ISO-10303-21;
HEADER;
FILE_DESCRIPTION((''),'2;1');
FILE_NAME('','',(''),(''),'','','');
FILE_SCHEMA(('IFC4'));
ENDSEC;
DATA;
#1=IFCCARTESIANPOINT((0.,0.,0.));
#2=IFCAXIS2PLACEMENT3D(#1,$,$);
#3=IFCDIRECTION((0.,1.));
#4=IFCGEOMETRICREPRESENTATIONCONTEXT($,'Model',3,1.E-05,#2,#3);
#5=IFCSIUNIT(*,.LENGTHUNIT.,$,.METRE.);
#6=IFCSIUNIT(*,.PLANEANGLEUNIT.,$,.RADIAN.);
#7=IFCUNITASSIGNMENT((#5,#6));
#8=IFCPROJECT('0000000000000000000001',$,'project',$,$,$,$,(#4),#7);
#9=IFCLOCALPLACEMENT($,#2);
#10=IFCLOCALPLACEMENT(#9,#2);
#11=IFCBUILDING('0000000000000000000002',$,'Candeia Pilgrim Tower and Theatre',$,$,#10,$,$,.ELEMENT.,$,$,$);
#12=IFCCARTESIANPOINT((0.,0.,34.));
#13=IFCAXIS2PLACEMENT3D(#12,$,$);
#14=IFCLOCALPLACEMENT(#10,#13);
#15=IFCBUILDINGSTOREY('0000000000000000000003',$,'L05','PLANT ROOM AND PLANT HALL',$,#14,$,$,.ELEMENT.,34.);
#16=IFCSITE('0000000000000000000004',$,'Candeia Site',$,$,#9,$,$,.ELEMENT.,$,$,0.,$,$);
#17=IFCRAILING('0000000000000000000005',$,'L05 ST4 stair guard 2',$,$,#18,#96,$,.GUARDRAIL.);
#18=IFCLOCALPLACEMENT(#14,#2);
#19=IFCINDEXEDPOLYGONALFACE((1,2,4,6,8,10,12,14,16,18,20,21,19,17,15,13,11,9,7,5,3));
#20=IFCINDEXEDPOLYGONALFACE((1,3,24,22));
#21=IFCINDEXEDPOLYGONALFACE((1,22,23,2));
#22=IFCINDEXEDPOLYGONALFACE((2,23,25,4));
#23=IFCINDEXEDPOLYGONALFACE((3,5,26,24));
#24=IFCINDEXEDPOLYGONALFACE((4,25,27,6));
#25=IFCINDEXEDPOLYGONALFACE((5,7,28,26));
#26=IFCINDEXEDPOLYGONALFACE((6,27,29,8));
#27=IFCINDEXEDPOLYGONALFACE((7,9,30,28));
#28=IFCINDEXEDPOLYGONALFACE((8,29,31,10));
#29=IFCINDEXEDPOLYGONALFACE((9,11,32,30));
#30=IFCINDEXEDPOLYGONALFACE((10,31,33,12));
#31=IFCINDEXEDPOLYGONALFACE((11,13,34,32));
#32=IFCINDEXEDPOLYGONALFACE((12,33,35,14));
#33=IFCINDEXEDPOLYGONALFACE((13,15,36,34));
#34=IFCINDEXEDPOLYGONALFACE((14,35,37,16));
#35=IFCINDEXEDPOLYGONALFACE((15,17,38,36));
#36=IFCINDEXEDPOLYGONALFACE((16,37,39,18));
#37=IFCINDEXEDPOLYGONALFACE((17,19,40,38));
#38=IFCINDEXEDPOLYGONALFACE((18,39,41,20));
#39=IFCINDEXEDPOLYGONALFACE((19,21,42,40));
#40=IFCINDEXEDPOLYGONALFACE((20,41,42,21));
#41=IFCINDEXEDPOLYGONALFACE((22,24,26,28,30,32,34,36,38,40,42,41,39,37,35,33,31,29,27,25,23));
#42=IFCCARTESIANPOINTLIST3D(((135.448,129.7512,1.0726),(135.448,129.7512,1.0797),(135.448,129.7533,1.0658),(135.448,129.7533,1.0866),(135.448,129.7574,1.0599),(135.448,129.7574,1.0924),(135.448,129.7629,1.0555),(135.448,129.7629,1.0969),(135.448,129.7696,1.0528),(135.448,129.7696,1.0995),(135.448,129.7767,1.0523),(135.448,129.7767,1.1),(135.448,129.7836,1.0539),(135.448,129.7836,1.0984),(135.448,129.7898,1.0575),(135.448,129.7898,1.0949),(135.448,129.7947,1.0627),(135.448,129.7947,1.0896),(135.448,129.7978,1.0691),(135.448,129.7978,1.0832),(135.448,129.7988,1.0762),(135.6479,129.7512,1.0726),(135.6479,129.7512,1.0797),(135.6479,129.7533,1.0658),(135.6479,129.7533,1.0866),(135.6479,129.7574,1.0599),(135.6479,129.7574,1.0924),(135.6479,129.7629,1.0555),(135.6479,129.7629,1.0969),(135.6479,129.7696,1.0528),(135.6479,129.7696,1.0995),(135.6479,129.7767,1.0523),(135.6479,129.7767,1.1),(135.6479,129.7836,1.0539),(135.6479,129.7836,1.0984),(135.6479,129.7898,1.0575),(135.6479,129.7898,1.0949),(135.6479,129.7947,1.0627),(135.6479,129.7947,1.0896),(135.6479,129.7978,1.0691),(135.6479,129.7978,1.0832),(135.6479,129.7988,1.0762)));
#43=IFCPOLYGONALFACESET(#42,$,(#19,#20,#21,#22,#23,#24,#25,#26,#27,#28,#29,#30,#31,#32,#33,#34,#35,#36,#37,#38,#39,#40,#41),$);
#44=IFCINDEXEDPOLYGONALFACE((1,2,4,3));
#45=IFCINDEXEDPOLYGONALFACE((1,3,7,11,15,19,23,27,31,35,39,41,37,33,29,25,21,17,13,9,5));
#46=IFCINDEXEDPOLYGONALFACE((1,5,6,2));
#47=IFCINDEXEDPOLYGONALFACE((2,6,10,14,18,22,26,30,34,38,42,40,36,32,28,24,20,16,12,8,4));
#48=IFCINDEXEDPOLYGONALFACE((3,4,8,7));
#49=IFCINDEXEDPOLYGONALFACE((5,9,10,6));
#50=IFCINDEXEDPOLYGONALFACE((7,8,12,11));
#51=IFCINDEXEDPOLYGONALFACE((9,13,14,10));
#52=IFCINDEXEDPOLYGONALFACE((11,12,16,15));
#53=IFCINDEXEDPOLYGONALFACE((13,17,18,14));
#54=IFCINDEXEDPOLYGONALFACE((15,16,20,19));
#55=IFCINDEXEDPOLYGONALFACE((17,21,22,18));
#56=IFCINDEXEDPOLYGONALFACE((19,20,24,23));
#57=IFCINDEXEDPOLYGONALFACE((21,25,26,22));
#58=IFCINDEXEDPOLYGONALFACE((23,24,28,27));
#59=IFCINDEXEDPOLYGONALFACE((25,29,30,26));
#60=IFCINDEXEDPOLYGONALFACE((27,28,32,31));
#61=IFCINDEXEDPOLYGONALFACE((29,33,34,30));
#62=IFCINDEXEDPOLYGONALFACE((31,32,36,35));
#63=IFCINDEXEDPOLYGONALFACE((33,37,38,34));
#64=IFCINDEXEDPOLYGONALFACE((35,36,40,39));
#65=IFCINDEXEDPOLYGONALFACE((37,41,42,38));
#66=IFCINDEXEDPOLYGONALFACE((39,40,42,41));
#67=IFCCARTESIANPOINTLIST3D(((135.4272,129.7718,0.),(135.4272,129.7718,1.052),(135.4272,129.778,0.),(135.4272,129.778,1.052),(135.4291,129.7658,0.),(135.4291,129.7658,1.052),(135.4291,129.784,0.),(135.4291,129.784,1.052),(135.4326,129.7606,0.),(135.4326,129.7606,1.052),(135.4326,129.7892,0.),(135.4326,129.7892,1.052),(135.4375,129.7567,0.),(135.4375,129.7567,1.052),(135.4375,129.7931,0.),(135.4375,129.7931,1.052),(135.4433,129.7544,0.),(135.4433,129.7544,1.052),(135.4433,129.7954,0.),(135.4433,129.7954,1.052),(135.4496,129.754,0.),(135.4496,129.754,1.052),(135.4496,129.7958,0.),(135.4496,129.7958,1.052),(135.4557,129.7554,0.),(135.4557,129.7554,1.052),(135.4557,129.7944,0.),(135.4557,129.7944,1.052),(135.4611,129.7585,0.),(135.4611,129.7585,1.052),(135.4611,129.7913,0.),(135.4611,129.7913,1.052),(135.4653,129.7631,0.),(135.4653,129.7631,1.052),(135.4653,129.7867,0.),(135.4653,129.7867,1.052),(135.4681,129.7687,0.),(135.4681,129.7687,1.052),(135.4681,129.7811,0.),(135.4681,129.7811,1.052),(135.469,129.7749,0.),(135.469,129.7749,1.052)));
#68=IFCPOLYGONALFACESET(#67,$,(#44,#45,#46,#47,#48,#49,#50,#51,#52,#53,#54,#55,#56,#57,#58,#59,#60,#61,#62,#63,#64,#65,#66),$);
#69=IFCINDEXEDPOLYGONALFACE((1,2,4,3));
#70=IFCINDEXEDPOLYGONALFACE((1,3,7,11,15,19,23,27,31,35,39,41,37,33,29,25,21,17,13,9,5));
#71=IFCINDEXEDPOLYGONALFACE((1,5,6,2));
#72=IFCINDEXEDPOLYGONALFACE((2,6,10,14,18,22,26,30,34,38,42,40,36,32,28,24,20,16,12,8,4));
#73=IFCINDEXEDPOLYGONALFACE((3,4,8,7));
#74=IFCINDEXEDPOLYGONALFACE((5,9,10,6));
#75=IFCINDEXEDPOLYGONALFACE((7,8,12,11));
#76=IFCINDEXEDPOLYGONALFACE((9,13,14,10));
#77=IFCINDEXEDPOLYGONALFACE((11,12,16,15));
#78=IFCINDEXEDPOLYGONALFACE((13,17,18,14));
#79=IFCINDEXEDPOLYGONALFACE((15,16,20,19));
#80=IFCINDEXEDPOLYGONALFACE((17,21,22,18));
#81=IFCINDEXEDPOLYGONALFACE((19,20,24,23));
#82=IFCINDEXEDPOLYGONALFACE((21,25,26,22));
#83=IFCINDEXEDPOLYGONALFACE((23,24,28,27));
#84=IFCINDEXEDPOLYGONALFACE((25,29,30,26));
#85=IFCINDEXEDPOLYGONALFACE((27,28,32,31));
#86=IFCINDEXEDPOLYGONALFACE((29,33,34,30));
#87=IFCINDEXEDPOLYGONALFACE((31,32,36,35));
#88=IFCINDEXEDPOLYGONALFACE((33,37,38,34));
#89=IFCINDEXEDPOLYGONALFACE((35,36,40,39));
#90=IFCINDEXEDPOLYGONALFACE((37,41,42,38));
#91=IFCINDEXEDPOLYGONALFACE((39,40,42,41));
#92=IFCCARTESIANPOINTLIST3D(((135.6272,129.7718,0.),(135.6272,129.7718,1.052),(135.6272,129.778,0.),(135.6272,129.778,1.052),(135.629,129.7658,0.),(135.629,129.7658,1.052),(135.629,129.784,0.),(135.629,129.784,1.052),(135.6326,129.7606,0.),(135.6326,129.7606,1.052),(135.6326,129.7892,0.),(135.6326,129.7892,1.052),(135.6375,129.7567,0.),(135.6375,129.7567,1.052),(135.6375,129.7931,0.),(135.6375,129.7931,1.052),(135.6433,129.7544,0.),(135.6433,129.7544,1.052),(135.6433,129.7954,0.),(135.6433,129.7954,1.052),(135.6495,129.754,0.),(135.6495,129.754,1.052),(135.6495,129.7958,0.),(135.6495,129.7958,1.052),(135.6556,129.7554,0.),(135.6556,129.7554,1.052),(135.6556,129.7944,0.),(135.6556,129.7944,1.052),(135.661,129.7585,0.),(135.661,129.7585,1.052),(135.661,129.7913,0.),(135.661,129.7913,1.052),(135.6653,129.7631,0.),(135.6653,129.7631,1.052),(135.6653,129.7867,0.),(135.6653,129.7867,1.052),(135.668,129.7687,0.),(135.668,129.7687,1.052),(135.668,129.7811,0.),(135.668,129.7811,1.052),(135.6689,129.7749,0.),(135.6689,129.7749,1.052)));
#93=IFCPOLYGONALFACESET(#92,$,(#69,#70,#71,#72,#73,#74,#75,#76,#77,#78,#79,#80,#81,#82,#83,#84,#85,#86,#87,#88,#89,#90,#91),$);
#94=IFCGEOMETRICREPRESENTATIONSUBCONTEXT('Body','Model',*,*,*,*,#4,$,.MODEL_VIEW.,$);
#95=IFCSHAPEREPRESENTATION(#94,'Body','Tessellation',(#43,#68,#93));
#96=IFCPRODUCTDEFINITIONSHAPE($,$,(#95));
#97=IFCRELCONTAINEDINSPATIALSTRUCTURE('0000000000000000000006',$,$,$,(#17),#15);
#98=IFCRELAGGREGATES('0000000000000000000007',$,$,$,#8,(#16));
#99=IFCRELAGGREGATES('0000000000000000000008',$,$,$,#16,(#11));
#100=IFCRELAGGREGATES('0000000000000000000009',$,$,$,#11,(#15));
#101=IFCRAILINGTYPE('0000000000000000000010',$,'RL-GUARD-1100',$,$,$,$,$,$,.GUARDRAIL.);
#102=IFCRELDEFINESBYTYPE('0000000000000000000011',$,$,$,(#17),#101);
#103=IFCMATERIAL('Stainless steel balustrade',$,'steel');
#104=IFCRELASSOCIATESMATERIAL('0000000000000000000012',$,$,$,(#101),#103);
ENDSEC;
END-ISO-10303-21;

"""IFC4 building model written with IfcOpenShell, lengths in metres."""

from ifc_helpers import new_model, si_unit, direction, frame, origin, origin_2d, place, context, subcontext, project, spatial, circle, extrude, material, type_object, element, save


model = new_model("IFC4")

# Units and contexts
model_context = context("Model", 3, precision=1e-05, world=origin(), true_north=direction((0.0, 1.0)))
body_context = subcontext(model_context, "Body", "Model", "MODEL_VIEW")
ifc_project = project(units=[si_unit("LENGTHUNIT", "METRE"), si_unit("PLANEANGLEUNIT", "RADIAN")], contexts=[model_context])

# Site, building, storey
site_placement = place(None, origin())
site = spatial("IfcSite", under=ifc_project, at=site_placement, Name="Candeia Site", CompositionType="ELEMENT", RefElevation=0.0)
building_placement = place(site_placement, origin())
building = spatial("IfcBuilding", under=site, at=building_placement, Name="Candeia Pilgrim Tower and Theatre", CompositionType="ELEMENT")
storey_placement = place(building_placement, frame((0.0, 0.0, 34.0)))
storey = spatial("IfcBuildingStorey", under=building, at=storey_placement, Name="L05", Description="PLANT ROOM AND PLANT HALL", CompositionType="ELEMENT", Elevation=34.0)

# Railing
ifc_material_1 = material(Name="Stainless steel balustrade", Category="steel")
railing_type = type_object("IfcRailingType", Name="RL-GUARD-1100", PredefinedType="GUARDRAIL", material=ifc_material_1)
railing_1_placement = place(storey_placement, frame((135.448, 129.7749, 0.0)))
element("IfcRailing", 1, at=railing_1_placement, inside=storey, type_object=railing_type, Name="L05 ST4 stair guard 2", PredefinedType="GUARDRAIL", context=body_context, shape_type="SweptSolid", body=[
    extrude(circle(Radius=0.0239, at=origin_2d()), frame((0.0, 0.0, 1.0762), z_axis=(1.0, 0.0, 0.0), x_axis=(0.0, 1.0, 0.0)), (0.0, 0.0, 1.0), 0.2),
    extrude(circle(Radius=0.021, at=origin_2d()), origin(), (0.0, 0.0, 1.0), 1.052),
    extrude(circle(Radius=0.021, at=origin_2d()), frame((0.2, 0.0, 0.0)), (0.0, 0.0, 1.0), 1.052),
])

save(model, "model.ifc")
